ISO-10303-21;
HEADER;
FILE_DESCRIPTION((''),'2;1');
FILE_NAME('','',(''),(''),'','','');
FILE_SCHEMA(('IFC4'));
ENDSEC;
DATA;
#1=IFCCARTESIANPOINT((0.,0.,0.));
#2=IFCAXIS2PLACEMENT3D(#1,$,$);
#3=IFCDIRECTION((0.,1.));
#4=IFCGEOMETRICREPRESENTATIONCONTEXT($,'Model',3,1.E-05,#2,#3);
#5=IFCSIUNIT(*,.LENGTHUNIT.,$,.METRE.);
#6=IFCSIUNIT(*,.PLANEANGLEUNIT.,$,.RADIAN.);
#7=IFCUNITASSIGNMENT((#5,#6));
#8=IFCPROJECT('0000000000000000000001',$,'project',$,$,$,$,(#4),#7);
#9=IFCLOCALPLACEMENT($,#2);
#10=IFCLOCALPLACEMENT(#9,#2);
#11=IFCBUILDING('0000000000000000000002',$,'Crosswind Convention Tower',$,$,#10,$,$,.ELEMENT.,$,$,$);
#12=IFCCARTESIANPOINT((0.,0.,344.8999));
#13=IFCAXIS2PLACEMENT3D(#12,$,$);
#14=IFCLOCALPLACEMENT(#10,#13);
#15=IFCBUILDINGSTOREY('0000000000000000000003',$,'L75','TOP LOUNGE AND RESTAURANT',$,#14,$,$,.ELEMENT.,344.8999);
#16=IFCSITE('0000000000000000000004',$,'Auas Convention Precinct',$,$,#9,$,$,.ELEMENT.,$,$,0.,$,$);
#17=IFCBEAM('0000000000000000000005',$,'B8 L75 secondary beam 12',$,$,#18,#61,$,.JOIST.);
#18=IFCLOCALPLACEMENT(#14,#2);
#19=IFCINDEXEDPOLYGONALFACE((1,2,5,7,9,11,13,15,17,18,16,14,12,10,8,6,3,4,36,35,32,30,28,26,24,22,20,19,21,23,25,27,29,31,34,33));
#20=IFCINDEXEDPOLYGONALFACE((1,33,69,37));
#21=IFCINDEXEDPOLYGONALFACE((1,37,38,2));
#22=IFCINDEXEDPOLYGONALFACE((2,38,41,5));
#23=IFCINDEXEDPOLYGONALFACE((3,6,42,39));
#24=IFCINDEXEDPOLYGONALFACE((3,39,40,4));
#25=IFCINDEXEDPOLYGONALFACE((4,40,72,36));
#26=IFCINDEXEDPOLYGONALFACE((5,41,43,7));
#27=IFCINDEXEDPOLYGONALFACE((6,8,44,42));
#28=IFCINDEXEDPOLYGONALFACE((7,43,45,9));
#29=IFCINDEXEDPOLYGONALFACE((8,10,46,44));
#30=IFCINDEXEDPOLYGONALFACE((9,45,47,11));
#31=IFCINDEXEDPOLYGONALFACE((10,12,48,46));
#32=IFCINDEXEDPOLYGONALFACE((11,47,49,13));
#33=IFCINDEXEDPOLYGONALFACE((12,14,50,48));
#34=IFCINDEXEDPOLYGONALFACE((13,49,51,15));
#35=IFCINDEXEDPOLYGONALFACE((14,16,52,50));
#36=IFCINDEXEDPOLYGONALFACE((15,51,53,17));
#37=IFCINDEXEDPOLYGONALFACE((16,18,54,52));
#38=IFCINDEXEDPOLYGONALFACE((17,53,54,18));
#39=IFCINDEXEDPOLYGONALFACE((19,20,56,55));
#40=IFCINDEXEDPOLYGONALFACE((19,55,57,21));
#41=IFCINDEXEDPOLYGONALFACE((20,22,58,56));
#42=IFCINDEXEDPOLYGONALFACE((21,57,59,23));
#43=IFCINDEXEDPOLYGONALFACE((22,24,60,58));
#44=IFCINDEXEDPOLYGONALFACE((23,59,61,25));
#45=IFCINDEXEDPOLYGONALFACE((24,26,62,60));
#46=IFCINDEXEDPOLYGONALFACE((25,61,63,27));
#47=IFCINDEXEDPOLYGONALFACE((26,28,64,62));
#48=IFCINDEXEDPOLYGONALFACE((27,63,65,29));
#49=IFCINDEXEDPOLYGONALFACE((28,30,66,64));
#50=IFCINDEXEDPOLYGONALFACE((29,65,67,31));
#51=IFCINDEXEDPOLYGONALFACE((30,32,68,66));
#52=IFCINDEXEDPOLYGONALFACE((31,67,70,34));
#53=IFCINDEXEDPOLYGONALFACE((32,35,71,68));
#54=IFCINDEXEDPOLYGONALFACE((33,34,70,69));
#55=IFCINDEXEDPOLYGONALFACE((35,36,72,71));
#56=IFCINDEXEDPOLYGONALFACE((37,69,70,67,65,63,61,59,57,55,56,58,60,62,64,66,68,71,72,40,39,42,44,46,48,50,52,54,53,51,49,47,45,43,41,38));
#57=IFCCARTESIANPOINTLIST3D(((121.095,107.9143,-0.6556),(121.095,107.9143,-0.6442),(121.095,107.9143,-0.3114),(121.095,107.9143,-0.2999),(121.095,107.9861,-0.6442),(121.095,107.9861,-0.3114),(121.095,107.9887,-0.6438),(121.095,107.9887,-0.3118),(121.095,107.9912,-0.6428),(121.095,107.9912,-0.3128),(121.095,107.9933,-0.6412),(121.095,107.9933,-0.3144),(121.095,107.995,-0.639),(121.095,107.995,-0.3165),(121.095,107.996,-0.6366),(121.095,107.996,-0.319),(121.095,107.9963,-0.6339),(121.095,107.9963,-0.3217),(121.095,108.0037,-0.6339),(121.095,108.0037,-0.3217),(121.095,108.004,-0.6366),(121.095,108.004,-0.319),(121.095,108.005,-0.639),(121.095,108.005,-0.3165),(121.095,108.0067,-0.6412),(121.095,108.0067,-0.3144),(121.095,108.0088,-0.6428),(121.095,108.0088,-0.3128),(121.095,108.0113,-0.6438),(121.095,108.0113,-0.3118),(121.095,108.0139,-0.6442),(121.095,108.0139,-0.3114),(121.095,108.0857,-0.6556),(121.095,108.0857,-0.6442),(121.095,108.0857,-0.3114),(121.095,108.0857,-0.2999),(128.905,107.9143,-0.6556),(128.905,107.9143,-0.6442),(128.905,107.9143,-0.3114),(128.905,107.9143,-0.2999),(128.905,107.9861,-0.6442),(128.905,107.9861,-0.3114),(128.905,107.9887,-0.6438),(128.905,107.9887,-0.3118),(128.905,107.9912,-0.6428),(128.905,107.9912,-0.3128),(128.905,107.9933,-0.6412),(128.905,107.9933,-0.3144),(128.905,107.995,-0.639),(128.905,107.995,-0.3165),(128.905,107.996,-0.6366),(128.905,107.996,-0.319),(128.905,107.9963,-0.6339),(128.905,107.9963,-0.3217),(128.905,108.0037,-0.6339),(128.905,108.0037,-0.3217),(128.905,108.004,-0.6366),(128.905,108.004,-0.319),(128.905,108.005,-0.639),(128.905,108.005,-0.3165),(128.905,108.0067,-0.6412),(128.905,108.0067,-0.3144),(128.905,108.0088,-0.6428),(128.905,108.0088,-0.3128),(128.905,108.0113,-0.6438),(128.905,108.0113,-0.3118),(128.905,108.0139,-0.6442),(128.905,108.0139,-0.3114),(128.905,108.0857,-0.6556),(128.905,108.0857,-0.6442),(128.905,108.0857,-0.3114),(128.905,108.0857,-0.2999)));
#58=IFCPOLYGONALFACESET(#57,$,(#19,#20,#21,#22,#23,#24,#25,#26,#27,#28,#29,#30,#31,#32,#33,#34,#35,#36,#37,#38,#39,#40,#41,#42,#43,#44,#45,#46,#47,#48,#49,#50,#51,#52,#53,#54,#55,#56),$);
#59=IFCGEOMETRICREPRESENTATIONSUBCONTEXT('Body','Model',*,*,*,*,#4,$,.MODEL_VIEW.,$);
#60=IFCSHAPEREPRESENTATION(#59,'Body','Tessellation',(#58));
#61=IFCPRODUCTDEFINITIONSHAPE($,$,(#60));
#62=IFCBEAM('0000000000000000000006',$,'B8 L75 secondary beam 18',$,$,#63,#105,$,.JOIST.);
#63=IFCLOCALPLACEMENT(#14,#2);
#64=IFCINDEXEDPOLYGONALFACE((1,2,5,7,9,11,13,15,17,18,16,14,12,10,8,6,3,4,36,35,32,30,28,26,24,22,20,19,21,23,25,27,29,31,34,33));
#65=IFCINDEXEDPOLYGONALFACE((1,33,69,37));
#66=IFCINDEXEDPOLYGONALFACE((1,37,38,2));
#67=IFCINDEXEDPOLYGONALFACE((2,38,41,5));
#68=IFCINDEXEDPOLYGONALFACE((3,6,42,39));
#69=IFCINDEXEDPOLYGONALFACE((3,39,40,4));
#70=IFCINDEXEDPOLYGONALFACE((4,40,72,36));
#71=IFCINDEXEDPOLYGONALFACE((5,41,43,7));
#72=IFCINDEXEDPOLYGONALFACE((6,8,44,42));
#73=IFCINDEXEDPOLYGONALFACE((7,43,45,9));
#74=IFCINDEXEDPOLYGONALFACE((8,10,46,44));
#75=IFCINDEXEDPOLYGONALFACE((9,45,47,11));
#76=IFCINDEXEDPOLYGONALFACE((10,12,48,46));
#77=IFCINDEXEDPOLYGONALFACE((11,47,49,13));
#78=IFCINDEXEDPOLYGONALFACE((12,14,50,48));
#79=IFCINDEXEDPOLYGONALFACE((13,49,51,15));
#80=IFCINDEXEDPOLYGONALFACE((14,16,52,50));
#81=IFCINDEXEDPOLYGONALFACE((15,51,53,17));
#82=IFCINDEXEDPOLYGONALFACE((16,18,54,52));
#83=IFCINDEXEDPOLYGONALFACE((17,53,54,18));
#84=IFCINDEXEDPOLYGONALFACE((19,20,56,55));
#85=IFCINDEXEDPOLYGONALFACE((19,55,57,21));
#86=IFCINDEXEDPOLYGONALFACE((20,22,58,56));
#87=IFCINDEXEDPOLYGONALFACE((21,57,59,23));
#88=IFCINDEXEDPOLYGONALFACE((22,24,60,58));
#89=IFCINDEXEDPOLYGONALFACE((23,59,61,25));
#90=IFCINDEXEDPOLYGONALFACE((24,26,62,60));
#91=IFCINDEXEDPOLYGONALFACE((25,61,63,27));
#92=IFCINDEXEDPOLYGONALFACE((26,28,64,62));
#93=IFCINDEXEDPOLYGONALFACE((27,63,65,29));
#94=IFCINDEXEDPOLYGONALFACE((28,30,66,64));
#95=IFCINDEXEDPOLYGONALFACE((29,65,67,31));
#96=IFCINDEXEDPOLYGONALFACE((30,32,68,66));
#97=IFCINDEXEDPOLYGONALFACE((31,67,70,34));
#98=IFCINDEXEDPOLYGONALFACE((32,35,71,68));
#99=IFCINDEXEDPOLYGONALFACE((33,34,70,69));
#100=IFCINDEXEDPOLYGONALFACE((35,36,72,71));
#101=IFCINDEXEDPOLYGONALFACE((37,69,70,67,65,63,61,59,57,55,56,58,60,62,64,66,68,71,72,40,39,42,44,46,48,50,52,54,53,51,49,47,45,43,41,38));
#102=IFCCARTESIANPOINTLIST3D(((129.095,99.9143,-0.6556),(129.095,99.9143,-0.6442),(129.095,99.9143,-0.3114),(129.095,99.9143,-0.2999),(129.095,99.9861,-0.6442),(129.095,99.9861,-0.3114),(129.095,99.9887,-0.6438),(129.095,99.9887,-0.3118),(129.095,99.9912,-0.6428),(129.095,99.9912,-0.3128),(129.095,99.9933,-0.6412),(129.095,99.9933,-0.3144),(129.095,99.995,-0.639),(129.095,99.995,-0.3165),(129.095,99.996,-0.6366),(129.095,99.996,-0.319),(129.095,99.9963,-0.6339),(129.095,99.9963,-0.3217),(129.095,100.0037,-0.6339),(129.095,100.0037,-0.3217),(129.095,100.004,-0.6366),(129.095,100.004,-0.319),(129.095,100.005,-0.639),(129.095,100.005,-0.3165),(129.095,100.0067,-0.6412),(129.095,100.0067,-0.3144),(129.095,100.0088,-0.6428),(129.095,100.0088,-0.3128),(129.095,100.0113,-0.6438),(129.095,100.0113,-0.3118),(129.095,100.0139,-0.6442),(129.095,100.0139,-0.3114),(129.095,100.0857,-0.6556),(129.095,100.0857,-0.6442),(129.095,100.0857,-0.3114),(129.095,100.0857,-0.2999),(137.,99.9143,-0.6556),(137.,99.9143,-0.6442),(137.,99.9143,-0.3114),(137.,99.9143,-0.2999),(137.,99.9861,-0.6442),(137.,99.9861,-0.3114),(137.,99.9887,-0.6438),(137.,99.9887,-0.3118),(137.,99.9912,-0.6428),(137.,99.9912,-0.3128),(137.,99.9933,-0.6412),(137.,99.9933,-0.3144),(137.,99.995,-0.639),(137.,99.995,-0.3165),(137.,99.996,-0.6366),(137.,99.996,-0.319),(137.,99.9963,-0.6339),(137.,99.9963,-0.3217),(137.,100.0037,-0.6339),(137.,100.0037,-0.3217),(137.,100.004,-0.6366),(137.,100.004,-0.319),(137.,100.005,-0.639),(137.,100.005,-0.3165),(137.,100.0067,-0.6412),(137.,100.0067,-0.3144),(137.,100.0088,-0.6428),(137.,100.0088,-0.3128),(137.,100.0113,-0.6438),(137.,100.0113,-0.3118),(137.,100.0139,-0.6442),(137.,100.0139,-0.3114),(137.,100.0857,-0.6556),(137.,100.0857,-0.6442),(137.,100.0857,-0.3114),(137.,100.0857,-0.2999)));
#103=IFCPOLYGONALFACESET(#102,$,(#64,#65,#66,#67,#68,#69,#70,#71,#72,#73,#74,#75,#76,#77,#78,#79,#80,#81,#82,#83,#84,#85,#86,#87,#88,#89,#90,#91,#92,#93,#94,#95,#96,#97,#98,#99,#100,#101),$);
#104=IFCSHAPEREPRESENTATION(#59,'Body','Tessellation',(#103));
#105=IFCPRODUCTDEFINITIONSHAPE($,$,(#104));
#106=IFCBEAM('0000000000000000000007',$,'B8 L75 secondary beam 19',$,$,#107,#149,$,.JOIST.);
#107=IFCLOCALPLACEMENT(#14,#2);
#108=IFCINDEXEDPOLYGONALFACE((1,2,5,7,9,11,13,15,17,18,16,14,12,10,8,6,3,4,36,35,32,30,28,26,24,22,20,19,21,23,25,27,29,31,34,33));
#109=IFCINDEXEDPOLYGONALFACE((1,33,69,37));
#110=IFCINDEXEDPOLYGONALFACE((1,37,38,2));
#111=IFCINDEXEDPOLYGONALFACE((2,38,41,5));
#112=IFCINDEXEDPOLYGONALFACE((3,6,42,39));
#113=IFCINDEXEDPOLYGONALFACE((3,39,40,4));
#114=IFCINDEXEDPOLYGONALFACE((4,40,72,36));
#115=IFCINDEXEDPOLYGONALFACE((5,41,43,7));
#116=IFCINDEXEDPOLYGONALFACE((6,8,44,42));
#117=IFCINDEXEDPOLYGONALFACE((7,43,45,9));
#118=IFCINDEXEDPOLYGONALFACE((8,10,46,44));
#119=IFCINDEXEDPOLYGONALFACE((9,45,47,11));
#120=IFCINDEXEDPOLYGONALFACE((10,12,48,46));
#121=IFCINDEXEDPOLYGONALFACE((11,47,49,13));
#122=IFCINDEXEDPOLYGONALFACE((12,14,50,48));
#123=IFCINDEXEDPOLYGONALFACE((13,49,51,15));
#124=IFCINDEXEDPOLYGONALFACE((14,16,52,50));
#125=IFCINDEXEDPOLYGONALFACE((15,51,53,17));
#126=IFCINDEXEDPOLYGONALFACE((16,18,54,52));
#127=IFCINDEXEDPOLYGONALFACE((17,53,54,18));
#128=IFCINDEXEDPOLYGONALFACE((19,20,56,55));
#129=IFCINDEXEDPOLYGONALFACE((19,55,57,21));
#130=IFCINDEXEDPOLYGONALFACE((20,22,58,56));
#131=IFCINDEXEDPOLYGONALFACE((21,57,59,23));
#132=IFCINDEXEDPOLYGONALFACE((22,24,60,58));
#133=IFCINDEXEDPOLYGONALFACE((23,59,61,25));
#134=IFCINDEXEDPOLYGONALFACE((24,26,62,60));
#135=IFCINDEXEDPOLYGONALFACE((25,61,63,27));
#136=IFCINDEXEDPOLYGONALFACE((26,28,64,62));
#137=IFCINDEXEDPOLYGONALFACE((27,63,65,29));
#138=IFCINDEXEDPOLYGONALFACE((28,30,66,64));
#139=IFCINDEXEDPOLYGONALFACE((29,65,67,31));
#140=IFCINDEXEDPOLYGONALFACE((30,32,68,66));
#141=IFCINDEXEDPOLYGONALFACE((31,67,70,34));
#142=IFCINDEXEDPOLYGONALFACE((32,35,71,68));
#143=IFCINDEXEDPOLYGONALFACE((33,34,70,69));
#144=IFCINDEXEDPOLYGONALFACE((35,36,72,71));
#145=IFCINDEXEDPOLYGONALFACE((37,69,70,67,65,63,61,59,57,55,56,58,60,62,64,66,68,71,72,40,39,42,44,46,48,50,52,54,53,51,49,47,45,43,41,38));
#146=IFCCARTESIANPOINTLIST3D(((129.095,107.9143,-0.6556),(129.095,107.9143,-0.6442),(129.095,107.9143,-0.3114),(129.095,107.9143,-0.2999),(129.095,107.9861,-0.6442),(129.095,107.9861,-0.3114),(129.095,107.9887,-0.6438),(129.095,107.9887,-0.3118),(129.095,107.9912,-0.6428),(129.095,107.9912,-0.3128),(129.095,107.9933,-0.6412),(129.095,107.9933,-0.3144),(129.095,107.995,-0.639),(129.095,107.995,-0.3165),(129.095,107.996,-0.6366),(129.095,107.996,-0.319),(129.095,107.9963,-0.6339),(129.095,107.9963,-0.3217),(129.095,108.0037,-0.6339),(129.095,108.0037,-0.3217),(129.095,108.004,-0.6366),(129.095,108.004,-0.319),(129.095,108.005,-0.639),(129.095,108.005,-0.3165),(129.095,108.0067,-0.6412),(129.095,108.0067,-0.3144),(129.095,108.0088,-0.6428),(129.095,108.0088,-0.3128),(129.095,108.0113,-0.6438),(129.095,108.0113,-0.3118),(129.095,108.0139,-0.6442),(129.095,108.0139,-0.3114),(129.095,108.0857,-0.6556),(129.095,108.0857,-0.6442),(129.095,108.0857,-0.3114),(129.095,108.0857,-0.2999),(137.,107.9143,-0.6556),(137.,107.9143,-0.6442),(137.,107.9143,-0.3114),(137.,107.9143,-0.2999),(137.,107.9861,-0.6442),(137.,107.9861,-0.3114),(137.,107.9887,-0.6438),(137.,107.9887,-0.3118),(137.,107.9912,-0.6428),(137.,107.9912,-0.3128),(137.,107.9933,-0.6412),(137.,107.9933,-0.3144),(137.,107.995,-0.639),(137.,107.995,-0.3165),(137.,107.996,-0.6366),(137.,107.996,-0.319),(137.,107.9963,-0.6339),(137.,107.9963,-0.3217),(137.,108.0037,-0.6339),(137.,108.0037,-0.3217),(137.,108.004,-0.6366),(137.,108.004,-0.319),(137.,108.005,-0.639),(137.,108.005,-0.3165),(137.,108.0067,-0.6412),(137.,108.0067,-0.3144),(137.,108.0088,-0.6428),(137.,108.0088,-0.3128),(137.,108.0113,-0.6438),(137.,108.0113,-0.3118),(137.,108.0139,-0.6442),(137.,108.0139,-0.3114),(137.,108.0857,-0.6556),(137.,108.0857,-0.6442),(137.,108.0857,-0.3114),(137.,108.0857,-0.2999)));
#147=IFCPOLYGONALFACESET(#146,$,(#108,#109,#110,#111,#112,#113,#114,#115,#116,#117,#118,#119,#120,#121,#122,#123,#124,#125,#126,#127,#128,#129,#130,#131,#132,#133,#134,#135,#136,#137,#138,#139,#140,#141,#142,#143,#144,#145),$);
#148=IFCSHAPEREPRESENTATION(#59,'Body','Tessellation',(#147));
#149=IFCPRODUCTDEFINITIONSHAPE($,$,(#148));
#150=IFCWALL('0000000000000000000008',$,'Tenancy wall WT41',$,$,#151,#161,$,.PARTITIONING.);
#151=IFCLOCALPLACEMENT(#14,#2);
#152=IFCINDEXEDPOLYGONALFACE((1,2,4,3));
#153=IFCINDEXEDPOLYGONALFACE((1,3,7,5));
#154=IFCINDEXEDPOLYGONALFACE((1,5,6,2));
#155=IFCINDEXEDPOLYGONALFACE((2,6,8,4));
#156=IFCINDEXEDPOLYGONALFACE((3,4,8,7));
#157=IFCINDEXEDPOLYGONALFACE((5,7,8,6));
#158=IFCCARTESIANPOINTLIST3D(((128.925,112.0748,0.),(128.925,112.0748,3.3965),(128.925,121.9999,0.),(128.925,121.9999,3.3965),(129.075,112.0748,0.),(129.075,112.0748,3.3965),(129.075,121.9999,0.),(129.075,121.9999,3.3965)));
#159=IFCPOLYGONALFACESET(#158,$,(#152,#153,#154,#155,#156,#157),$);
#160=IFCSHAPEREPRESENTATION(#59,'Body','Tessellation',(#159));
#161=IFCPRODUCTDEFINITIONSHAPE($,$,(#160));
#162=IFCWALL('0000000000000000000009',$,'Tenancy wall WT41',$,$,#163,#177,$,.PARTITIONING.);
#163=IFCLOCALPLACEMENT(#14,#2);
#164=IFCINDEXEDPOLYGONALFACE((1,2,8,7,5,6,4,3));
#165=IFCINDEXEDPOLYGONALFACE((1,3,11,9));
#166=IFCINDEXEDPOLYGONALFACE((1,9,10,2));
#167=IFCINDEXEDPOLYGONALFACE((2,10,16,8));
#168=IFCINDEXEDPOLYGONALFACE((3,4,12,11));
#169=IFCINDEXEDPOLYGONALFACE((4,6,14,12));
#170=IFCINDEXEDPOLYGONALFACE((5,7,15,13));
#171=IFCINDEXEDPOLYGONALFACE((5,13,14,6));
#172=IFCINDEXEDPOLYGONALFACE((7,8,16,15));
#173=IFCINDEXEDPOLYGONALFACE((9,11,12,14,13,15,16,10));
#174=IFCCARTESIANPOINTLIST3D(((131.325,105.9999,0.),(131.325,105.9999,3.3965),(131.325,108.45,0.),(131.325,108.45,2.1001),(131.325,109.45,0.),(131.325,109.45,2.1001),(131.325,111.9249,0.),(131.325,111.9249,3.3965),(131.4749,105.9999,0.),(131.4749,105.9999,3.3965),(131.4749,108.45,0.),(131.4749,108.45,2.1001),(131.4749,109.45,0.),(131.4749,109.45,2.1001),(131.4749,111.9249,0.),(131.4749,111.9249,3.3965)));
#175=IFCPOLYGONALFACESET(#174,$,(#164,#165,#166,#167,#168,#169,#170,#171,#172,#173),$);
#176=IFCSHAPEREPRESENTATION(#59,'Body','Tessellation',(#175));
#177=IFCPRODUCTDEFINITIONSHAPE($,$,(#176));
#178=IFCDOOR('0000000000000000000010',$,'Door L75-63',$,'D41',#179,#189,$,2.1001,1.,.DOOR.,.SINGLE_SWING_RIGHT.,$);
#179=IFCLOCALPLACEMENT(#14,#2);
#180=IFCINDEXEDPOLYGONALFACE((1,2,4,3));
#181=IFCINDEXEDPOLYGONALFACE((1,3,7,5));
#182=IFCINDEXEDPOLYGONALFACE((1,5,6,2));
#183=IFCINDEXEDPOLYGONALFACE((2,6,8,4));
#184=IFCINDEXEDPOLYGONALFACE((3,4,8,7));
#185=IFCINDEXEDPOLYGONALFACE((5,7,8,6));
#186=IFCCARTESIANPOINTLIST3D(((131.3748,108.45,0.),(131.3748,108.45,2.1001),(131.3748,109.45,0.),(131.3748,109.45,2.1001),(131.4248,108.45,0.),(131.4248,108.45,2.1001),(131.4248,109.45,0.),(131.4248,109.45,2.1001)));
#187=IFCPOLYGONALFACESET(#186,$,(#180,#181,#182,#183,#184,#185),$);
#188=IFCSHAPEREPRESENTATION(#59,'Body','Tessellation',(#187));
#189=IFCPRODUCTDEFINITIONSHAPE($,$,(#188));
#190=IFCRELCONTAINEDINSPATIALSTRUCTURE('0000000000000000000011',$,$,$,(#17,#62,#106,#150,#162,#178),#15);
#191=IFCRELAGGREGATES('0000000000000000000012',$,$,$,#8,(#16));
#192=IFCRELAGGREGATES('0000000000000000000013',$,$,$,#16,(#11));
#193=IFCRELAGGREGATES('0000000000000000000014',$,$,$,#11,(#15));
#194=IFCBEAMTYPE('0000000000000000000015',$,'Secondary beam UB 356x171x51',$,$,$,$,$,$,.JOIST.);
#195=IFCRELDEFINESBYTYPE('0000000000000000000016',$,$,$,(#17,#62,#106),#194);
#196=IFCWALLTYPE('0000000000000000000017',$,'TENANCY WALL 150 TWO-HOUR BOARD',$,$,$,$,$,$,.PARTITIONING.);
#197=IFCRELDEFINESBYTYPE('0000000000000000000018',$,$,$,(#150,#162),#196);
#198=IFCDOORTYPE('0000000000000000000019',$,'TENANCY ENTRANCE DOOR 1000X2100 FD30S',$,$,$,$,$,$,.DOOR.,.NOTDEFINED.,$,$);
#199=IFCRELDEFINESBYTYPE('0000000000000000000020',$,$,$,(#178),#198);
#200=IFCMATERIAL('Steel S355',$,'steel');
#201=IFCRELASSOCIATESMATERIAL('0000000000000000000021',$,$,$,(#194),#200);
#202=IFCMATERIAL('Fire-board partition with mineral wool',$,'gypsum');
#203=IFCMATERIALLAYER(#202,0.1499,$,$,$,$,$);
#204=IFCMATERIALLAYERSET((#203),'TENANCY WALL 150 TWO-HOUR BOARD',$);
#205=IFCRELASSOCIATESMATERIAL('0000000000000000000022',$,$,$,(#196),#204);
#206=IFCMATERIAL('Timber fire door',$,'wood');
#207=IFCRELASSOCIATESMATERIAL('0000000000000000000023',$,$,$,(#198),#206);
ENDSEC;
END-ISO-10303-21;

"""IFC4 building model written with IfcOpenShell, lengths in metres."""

from ifc_helpers import new_model, si_unit, direction, frame, frame_2d, origin, origin_2d, place, context, subcontext, project, spatial, rectangle, i_section, extrude, material, layer, layer_set, material_profile, profile_set, type_object, element, fill, save


model = new_model("IFC4")

# Units and contexts
model_context = context("Model", 3, precision=1e-05, world=origin(), true_north=direction((0.0, 1.0)))
body_context = subcontext(model_context, "Body", "Model", "MODEL_VIEW")
ifc_project = project(units=[si_unit("LENGTHUNIT", "METRE"), si_unit("PLANEANGLEUNIT", "RADIAN")], contexts=[model_context])

# Site, building, storey
site_placement = place(None, origin())
site = spatial("IfcSite", under=ifc_project, at=site_placement, Name="Auas Convention Precinct", CompositionType="ELEMENT", RefElevation=0.0)
building_placement = place(site_placement, origin())
building = spatial("IfcBuilding", under=site, at=building_placement, Name="Crosswind Convention Tower", CompositionType="ELEMENT")
storey_placement = place(building_placement, frame((0.0, 0.0, 344.8999)))
storey = spatial("IfcBuildingStorey", under=building, at=storey_placement, Name="L75", Description="TOP LOUNGE AND RESTAURANT", CompositionType="ELEMENT", Elevation=344.8999)

# Beams
ifc_material_1 = material(Name="Steel S355", Category="steel")
ifc_material_profile_1 = material_profile(ifc_material_1, i_section(OverallWidth=0.1714, OverallDepth=0.3557, WebThickness=0.0073, FlangeThickness=0.0115, FilletRadius=0.0103, at=origin_2d()), Name="UB 356x171x51")
ifc_profile_set_1 = profile_set([ifc_material_profile_1], Name="Steel S355")
beam_type_1 = type_object("IfcBeamType", Name="Secondary beam UB 356x171x51", PredefinedType="JOIST", material=ifc_profile_set_1)
for number, where, z_axis, x_axis, name in (
    (1, (121.095, 108.0, -0.4778), (1.0, 0.0, 0.0), (0.0, 1.0, 0.0), "B8 L75 secondary beam 12"),
):
    element("IfcBeam", number, at=place(storey_placement, frame(where, z_axis=z_axis, x_axis=x_axis)), inside=storey, type_object=beam_type_1, Name=name, PredefinedType="JOIST", context=body_context, shape_type="SweptSolid", body=[
        extrude(i_section(OverallWidth=0.1714, OverallDepth=0.3557, WebThickness=0.0073, FlangeThickness=0.0115, FilletRadius=0.0103, at=origin_2d()), origin(), (0.0, 0.0, 1.0), 7.8101),
    ])
for number, where, z_axis, x_axis, name in (
    (2, (129.095, 100.0, -0.4778), (1.0, 0.0, 0.0), (0.0, 1.0, 0.0), "B8 L75 secondary beam 18"),
    (3, (129.095, 108.0, -0.4778), (1.0, 0.0, 0.0), (0.0, 1.0, 0.0), "B8 L75 secondary beam 19"),
):
    element("IfcBeam", number, at=place(storey_placement, frame(where, z_axis=z_axis, x_axis=x_axis)), inside=storey, type_object=beam_type_1, Name=name, PredefinedType="JOIST", context=body_context, shape_type="SweptSolid", body=[
        extrude(i_section(OverallWidth=0.1714, OverallDepth=0.3557, WebThickness=0.0073, FlangeThickness=0.0115, FilletRadius=0.0103, at=origin_2d()), origin(), (0.0, 0.0, 1.0), 7.905),
    ])

# Wall
ifc_material_2 = material(Name="Fire-board partition with mineral wool", Category="gypsum")
ifc_layer = layer(ifc_material_2, 0.1499)
ifc_layer_set = layer_set([ifc_layer], Name="TENANCY WALL 150 TWO-HOUR BOARD")
wall_type_1 = type_object("IfcWallType", Name="TENANCY WALL 150 TWO-HOUR BOARD", PredefinedType="PARTITIONING", material=ifc_layer_set)
wall_1_placement = place(storey_placement, frame((129.0, 112.075, 0.0), z_axis=(0.0, 0.0, 1.0), x_axis=(0.0, 1.0, 0.0)))
element("IfcWall", 4, at=wall_1_placement, inside=storey, type_object=wall_type_1, Name="Tenancy wall WT41", PredefinedType="PARTITIONING", context=body_context, shape_type="SweptSolid", body=[
    extrude(rectangle(XDim=9.925, YDim=0.1499, at=frame_2d((4.9624, 0.0))), origin(), (0.0, 0.0, 1.0), 3.3965),
])

# Wall, opening, door
wall_2_placement = place(storey_placement, frame((131.3999, 106.0, 0.0), z_axis=(0.0, 0.0, 1.0), x_axis=(0.0, 1.0, 0.0)))
wall_2 = element("IfcWall", 5, at=wall_2_placement, inside=storey, type_object=wall_type_1, Name="Tenancy wall WT41", PredefinedType="PARTITIONING", context=body_context, shape_type="SweptSolid", body=[
    extrude(rectangle(XDim=5.925, YDim=0.1499, at=frame_2d((2.9624, 0.0))), origin(), (0.0, 0.0, 1.0), 3.3965),
])
opening_placement = place(wall_2_placement, frame((2.45, 0.0, 0.0)))
opening = element("IfcOpeningElement", 6, at=opening_placement, cuts=wall_2, PredefinedType="OPENING", context=body_context, shape_type="SweptSolid", body=[
    extrude(rectangle(XDim=1.0, YDim=2.1001, at=frame_2d((0.5, 1.05))), frame((0.0, 0.085, 0.0), z_axis=(0.0, -1.0, 0.0), x_axis=(1.0, 0.0, 0.0)), (0.0, 0.0, 1.0), 0.1699),
])
ifc_material_3 = material(Name="Timber fire door", Category="wood")
door_type = type_object("IfcDoorType", Name="TENANCY ENTRANCE DOOR 1000X2100 FD30S", OperationType="NOTDEFINED", PredefinedType="DOOR", material=ifc_material_3)
door_placement = place(opening_placement, frame((1.0, 0.0, 0.0), z_axis=(0.0, 0.0, 1.0), x_axis=(-1.0, 0.0, 0.0)))
door = element("IfcDoor", 7, at=door_placement, inside=storey, type_object=door_type, Name="Door L75-63", ObjectType="D41", OperationType="SINGLE_SWING_RIGHT", OverallHeight=2.1001, OverallWidth=1.0, PredefinedType="DOOR", context=body_context, shape_type="SweptSolid", body=[
    extrude(rectangle(XDim=1.0, YDim=2.1001, at=frame_2d((0.5, 1.05))), frame((0.0, 0.0249, 0.0), z_axis=(0.0, -1.0, 0.0), x_axis=(1.0, 0.0, 0.0)), (0.0, 0.0, 1.0), 0.05),
])
fill(opening, door)

save(model, "model.ifc")
